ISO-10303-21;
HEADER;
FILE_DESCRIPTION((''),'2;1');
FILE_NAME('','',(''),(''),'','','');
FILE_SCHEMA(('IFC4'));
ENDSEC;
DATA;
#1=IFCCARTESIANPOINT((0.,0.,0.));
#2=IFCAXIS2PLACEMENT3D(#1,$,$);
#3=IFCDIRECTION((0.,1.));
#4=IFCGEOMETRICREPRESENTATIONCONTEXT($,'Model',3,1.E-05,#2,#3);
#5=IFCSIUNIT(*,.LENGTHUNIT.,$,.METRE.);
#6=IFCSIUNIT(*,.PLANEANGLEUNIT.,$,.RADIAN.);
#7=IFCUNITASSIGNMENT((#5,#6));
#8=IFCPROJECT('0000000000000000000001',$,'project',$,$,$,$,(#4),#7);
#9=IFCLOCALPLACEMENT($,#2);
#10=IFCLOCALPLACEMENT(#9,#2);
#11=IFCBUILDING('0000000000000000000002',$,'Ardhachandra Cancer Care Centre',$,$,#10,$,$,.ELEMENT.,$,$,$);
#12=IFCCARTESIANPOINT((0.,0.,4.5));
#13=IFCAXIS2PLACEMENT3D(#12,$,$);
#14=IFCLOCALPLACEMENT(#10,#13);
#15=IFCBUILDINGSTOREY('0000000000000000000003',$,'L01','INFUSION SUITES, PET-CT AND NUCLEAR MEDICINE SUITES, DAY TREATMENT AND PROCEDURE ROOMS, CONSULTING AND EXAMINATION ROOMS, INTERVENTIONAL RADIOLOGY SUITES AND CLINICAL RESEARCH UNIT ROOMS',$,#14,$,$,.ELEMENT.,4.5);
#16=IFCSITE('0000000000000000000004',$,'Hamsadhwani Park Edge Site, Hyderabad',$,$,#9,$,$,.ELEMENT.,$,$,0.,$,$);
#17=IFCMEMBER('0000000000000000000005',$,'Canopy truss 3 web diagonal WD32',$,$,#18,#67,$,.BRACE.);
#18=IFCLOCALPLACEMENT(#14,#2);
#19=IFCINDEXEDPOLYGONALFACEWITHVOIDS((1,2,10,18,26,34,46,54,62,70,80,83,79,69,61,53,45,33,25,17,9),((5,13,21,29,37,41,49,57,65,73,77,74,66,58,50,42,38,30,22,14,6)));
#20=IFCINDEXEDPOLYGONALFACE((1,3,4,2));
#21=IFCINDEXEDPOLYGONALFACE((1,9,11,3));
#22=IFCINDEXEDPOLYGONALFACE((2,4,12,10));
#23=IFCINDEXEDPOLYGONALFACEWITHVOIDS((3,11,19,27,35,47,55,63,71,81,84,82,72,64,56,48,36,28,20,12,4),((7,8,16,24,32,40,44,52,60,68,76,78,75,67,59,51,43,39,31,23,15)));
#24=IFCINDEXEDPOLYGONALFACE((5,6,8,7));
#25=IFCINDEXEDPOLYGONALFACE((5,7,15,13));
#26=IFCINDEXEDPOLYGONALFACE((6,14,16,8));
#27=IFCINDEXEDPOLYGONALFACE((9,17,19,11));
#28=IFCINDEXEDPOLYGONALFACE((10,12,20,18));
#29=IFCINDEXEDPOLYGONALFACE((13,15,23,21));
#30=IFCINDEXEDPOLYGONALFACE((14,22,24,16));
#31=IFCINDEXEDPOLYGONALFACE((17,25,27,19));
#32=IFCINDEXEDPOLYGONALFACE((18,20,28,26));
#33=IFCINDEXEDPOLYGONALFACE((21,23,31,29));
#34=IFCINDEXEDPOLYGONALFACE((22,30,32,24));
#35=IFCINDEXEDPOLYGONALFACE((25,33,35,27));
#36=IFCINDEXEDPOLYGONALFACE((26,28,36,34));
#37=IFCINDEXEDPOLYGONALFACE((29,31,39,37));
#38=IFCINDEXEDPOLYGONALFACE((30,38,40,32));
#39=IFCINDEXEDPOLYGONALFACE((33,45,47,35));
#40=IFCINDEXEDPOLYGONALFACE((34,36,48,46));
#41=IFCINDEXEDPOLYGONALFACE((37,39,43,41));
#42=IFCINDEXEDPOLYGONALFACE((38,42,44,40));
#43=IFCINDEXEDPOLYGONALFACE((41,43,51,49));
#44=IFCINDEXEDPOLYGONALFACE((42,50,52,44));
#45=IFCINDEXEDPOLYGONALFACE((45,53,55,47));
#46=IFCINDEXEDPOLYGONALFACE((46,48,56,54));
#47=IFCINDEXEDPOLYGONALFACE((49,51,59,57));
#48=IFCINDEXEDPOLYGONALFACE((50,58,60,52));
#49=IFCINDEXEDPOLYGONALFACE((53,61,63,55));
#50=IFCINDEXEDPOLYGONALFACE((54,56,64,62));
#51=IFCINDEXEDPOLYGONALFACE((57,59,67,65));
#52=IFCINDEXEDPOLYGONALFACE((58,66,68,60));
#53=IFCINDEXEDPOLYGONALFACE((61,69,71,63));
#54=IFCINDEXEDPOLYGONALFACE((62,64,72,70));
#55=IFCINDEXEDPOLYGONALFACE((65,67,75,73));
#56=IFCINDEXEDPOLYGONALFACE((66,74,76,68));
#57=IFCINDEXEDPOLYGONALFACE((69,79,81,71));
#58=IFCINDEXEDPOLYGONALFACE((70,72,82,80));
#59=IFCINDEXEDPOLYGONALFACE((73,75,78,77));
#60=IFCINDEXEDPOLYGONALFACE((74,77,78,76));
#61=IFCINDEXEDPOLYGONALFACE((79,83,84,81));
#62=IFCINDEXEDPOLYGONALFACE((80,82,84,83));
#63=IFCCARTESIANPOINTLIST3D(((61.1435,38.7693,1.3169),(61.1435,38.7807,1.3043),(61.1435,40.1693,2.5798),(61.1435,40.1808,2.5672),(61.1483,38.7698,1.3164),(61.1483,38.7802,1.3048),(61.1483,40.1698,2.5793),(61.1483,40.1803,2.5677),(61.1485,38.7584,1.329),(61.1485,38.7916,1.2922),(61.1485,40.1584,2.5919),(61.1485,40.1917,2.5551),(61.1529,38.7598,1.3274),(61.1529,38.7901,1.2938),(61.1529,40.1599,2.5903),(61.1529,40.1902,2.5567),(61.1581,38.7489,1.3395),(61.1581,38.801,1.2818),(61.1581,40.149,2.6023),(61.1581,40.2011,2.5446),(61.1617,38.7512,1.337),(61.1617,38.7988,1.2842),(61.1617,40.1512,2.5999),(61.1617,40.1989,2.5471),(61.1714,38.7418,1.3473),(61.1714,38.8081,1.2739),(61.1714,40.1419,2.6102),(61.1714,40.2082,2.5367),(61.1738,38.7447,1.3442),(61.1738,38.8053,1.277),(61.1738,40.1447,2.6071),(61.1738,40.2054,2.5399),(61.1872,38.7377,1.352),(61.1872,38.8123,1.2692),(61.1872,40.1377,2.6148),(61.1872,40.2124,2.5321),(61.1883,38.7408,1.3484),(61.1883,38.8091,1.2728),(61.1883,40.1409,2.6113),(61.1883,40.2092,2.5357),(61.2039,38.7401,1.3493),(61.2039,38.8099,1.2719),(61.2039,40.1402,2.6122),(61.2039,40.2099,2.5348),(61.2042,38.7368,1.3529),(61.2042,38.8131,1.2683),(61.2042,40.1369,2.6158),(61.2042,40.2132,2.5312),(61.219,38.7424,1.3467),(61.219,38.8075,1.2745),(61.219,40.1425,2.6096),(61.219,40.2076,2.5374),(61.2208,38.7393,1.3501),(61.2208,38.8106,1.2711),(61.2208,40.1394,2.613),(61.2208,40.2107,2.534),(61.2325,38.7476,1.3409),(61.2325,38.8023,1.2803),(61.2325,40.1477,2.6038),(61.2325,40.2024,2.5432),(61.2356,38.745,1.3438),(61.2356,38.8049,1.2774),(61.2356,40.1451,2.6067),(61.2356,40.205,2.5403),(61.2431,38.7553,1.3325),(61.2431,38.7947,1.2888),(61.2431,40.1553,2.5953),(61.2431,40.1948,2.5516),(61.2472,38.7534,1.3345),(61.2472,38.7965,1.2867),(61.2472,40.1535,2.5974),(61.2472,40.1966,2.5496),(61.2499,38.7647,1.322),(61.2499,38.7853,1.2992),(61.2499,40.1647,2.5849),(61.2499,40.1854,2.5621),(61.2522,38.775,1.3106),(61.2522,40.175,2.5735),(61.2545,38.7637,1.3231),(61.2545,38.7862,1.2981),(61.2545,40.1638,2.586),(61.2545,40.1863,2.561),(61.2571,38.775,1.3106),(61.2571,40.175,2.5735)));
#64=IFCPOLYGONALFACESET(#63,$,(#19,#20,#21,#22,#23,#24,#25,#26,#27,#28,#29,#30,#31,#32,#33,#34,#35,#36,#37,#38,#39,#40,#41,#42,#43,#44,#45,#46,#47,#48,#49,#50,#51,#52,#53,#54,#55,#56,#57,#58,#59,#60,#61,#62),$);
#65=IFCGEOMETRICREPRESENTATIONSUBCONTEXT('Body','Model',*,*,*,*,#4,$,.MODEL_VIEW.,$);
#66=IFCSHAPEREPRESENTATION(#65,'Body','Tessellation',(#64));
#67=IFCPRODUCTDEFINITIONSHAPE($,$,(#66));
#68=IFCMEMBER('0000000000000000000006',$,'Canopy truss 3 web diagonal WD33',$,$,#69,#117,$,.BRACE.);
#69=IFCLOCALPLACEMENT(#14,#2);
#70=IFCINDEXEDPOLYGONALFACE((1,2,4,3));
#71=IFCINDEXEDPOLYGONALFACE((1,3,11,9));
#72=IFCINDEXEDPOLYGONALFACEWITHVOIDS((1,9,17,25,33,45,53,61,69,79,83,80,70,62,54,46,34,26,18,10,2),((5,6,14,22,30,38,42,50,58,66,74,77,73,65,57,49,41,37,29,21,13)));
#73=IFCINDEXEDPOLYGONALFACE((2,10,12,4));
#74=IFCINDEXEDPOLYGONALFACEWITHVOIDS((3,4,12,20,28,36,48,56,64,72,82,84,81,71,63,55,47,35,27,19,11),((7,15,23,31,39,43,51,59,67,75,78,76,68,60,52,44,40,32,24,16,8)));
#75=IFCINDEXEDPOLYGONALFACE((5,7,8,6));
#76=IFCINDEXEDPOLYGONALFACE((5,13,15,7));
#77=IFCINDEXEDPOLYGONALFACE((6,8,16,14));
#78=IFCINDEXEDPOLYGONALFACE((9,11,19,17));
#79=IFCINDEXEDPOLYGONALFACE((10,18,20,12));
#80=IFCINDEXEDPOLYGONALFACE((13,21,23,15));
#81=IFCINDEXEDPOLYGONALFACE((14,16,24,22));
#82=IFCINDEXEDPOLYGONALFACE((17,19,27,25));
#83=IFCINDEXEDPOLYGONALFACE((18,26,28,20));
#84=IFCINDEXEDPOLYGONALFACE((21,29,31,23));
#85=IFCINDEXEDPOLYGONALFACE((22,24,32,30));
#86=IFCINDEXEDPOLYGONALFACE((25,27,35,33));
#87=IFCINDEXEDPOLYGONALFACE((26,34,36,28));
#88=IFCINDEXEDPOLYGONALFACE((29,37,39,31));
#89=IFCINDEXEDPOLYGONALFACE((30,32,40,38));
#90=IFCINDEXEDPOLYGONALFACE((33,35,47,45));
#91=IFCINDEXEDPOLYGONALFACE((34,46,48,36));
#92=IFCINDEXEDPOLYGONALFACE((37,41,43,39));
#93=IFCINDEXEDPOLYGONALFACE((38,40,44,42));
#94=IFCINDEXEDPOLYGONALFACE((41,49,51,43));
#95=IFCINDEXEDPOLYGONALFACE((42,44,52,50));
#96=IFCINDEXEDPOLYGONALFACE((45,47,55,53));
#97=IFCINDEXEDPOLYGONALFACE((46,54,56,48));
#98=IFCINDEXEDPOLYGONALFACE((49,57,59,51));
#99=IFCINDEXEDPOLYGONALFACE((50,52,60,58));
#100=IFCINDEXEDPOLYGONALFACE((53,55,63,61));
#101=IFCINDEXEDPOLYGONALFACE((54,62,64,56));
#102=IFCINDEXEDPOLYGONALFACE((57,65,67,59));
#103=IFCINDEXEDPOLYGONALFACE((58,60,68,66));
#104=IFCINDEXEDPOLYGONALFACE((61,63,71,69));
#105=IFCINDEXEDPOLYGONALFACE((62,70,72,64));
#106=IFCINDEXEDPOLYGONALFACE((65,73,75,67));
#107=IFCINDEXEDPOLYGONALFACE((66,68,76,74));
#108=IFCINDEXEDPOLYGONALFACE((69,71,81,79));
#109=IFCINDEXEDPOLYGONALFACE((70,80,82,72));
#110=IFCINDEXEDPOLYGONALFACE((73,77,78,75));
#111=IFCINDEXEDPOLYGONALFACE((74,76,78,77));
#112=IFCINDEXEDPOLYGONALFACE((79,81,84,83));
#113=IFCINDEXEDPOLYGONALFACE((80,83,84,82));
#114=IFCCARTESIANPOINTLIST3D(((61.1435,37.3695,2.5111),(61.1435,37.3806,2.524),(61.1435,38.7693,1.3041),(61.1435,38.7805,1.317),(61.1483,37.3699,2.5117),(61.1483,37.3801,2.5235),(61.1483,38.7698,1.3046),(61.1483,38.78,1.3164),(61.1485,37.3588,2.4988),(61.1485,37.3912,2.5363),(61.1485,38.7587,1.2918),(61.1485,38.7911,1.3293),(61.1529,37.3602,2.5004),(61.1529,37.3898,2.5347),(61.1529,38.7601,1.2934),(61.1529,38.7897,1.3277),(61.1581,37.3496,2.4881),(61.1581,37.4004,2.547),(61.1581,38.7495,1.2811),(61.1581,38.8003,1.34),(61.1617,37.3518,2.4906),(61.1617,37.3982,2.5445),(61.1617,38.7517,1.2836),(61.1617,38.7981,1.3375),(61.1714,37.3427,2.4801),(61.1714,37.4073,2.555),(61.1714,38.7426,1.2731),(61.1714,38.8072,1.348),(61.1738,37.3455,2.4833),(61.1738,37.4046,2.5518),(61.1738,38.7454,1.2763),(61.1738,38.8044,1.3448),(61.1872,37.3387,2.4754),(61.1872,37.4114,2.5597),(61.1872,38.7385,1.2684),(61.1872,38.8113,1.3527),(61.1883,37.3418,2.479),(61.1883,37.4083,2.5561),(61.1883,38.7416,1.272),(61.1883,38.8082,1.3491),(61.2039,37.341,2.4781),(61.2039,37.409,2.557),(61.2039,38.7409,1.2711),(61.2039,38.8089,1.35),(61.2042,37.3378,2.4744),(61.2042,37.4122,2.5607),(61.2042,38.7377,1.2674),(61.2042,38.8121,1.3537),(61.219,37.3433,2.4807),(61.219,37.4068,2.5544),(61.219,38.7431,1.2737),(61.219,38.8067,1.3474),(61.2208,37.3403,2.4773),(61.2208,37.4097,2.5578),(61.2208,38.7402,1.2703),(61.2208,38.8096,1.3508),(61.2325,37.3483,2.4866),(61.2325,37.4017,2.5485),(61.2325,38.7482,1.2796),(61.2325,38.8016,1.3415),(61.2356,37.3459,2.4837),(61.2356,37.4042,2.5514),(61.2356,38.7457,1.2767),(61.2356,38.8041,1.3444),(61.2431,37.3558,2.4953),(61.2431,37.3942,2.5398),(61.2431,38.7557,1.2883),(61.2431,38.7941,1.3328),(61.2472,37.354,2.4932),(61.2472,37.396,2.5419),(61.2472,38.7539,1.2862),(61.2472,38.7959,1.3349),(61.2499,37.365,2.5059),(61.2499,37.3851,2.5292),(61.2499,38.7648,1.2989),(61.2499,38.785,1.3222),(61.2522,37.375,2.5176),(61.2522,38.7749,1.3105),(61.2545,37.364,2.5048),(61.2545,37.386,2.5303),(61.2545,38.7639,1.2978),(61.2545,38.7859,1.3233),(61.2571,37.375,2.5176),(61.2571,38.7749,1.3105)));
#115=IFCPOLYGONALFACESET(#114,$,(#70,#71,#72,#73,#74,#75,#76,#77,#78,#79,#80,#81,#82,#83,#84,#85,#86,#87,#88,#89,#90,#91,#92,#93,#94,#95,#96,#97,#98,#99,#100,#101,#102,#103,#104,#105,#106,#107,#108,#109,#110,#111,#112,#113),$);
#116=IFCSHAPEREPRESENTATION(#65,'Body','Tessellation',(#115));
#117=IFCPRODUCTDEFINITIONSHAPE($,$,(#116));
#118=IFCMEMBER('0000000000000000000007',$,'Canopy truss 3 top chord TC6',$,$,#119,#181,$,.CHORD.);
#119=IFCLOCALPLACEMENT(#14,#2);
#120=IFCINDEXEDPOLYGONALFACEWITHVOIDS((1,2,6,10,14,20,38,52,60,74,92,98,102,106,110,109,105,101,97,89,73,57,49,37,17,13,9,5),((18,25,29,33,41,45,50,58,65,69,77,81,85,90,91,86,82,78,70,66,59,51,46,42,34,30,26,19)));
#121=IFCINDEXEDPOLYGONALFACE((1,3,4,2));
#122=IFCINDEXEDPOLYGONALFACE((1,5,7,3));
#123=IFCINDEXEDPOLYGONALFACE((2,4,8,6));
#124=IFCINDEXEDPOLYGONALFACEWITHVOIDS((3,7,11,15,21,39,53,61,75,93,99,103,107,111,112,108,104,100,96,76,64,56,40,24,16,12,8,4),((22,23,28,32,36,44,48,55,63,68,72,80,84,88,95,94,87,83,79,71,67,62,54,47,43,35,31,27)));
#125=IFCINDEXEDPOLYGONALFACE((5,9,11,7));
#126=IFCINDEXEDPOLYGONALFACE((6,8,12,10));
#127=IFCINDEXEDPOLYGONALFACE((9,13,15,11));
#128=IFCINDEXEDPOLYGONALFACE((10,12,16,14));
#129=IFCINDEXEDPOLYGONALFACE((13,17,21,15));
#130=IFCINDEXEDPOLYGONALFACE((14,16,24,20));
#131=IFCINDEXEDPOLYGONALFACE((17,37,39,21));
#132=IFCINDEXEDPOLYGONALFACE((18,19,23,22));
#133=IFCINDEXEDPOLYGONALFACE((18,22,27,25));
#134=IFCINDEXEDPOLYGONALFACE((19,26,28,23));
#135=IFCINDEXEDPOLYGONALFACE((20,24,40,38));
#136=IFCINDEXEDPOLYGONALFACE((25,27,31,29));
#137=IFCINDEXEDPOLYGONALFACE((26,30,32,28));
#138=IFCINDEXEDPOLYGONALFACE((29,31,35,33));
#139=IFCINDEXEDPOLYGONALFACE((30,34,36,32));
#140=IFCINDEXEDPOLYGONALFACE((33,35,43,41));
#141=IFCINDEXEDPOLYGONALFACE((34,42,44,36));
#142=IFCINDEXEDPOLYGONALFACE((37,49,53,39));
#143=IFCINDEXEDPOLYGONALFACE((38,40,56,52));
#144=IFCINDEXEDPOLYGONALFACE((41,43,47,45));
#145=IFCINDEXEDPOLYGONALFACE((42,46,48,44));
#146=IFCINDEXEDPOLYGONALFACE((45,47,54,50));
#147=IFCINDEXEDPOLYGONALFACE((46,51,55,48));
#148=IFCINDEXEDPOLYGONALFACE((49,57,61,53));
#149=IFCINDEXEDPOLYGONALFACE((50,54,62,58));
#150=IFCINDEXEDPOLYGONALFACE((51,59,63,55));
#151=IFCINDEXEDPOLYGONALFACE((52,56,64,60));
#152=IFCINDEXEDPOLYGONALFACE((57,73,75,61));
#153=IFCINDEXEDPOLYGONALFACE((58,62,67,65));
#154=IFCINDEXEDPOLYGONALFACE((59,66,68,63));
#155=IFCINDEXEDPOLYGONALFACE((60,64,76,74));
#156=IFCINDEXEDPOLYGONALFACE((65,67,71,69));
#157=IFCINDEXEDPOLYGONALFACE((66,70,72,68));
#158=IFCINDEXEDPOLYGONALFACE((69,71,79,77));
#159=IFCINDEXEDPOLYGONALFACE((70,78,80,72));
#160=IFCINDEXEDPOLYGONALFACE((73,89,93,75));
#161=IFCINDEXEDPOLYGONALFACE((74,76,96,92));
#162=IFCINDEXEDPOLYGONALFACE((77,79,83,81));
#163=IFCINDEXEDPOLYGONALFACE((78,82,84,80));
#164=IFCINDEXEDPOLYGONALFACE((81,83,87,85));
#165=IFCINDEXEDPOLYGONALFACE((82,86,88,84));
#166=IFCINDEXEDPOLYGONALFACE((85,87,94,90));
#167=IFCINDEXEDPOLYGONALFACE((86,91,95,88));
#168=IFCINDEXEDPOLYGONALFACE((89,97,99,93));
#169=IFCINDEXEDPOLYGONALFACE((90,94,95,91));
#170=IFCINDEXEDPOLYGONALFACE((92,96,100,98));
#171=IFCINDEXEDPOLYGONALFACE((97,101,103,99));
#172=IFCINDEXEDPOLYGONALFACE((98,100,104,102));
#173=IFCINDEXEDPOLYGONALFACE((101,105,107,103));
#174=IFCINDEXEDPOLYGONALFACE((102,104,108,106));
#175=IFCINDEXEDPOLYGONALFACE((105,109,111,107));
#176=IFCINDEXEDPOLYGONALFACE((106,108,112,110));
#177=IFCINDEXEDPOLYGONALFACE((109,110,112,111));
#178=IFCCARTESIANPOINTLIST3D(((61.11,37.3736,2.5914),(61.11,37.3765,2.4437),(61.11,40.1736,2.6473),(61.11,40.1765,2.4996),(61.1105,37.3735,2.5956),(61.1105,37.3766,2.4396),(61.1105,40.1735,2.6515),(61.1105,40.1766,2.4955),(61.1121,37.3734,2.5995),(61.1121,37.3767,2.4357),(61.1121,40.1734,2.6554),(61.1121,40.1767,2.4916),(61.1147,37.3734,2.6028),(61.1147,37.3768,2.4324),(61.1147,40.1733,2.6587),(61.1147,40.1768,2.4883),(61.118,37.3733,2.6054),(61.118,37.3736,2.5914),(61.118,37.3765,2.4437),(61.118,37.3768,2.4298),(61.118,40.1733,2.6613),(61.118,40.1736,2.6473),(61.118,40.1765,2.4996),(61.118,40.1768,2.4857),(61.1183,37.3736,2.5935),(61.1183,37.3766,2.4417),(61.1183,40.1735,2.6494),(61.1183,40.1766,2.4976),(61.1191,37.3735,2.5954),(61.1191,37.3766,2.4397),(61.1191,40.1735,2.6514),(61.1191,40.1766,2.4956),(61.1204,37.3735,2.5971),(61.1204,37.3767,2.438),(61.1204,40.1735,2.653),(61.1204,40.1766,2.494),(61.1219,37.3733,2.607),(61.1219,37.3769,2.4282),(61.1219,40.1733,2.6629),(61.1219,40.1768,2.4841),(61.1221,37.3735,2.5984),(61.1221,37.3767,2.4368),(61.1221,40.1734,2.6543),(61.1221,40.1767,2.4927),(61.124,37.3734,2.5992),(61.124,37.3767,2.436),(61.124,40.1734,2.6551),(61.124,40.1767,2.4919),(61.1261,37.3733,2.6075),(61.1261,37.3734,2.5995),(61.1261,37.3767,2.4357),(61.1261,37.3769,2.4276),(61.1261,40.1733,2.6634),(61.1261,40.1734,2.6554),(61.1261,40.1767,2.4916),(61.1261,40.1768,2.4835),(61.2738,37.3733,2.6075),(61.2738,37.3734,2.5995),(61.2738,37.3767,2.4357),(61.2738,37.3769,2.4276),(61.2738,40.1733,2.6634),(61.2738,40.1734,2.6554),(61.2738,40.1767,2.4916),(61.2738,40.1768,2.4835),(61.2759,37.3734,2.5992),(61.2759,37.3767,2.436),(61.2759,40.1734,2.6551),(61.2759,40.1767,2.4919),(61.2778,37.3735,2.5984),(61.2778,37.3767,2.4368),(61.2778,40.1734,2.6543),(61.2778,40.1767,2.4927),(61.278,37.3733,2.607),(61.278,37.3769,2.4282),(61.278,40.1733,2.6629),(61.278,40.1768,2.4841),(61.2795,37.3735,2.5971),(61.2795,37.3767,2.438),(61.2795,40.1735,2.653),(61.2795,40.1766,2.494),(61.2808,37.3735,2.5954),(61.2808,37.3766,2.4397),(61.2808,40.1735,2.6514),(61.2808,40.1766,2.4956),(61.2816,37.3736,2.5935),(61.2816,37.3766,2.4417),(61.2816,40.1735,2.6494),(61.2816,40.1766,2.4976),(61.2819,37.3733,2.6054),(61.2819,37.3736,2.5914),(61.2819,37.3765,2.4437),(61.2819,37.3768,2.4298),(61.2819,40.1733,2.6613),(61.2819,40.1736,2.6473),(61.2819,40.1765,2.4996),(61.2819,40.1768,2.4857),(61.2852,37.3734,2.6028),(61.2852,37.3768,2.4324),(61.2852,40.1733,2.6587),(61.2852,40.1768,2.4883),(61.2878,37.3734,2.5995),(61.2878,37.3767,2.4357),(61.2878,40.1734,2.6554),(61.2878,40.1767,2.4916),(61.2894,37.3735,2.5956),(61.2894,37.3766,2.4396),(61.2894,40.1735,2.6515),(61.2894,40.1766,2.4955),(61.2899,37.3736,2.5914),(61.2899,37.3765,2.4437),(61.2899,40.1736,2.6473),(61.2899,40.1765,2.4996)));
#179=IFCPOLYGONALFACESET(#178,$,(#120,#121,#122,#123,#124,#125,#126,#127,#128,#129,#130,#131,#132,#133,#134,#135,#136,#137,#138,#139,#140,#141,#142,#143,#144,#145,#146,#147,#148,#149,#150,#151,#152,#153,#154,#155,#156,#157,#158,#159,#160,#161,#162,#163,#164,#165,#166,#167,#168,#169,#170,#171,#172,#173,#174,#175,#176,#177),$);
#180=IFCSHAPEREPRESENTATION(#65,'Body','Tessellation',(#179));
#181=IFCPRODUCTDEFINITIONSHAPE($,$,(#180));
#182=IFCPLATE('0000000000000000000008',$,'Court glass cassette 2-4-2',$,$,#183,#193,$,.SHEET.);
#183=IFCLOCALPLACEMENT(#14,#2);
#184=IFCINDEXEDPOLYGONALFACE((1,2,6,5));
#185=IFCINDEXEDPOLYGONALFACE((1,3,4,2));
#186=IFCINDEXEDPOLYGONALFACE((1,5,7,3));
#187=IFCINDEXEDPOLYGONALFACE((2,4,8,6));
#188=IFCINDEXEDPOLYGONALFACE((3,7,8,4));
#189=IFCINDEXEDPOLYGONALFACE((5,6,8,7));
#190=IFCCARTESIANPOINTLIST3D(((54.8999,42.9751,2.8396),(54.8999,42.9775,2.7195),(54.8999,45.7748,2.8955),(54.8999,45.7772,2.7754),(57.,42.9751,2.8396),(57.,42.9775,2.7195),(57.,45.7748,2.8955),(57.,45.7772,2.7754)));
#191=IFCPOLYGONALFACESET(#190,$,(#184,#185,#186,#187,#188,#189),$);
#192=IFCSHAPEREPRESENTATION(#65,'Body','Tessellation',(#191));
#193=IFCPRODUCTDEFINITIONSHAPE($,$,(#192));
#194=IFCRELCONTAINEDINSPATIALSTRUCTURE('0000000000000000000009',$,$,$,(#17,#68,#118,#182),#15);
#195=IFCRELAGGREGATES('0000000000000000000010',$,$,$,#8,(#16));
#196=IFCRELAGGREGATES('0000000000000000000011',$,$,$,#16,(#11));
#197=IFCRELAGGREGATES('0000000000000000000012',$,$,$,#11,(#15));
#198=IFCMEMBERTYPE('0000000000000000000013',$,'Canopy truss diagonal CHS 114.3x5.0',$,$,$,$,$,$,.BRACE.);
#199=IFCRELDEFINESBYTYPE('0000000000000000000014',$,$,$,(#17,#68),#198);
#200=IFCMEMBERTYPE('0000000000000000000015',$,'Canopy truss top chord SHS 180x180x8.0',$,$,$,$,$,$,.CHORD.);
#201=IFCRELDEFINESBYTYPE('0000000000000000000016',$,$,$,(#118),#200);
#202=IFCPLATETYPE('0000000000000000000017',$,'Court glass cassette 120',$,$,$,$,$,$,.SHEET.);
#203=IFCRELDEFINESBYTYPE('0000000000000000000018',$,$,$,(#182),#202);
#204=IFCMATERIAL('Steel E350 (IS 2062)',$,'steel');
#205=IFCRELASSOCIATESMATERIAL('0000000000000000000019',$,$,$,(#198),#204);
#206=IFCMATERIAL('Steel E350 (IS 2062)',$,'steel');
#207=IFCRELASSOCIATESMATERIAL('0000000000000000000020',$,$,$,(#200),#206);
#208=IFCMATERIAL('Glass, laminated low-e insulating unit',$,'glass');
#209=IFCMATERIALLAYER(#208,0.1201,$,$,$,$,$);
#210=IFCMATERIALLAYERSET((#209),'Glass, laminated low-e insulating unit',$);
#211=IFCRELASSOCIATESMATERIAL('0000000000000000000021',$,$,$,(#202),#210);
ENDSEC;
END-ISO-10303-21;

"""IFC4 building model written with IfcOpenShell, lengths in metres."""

from ifc_helpers import new_model, si_unit, direction, frame, origin, origin_2d, place, context, subcontext, project, spatial, polyline, hollow_rectangle, hollow_circle, outline, extrude, material, layer, layer_set, material_profile, profile_set, type_object, element, save


model = new_model("IFC4")

# Units and contexts
model_context = context("Model", 3, precision=1e-05, world=origin(), true_north=direction((0.0, 1.0)))
body_context = subcontext(model_context, "Body", "Model", "MODEL_VIEW")
ifc_project = project(units=[si_unit("LENGTHUNIT", "METRE"), si_unit("PLANEANGLEUNIT", "RADIAN")], contexts=[model_context])

# Site, building, storey
site_placement = place(None, origin())
site = spatial("IfcSite", under=ifc_project, at=site_placement, Name="Hamsadhwani Park Edge Site, Hyderabad", CompositionType="ELEMENT", RefElevation=0.0)
building_placement = place(site_placement, origin())
building = spatial("IfcBuilding", under=site, at=building_placement, Name="Ardhachandra Cancer Care Centre", CompositionType="ELEMENT")
storey_placement = place(building_placement, frame((0.0, 0.0, 4.5)))
storey = spatial("IfcBuildingStorey", under=building, at=storey_placement, Name="L01", Description="INFUSION SUITES, PET-CT AND NUCLEAR MEDICINE SUITES, DAY TREATMENT AND PROCEDURE ROOMS, CONSULTING AND EXAMINATION ROOMS, INTERVENTIONAL RADIOLOGY SUITES AND CLINICAL RESEARCH UNIT ROOMS", CompositionType="ELEMENT", Elevation=4.5)

# Members
ifc_material_1 = material(Name="Steel E350 (IS 2062)", Category="steel")
ifc_material_profile_1 = material_profile(ifc_material_1, hollow_circle(Radius=0.0571, WallThickness=0.0049, at=origin_2d()), Name="CHS 114.3x5.0")
ifc_profile_set_1 = profile_set([ifc_material_profile_1], Name="Steel E350 (IS 2062)")
member_type_1 = type_object("IfcMemberType", Name="Canopy truss diagonal CHS 114.3x5.0", PredefinedType="BRACE", material=ifc_profile_set_1)
member_1_placement = place(storey_placement, frame((61.2, 40.175, 2.5735), z_axis=(0.0, -0.742553, -0.669787), x_axis=(1.0, 0.0, 0.0)))
element("IfcMember", 1, at=member_1_placement, inside=storey, type_object=member_type_1, Name="Canopy truss 3 web diagonal WD32", PredefinedType="BRACE", context=body_context, shape_type="SweptSolid", body=[
    extrude(hollow_circle(Radius=0.0571, WallThickness=0.0049, at=origin_2d()), origin(), (0.0, 0.0, 1.0), 1.8855),
])
member_2_placement = place(storey_placement, frame((61.2, 38.7749, 1.3105), z_axis=(0.0, -0.757351, 0.653008), x_axis=(1.0, 0.0, 0.0)))
element("IfcMember", 2, at=member_2_placement, inside=storey, type_object=member_type_1, Name="Canopy truss 3 web diagonal WD33", PredefinedType="BRACE", context=body_context, shape_type="SweptSolid", body=[
    extrude(hollow_circle(Radius=0.0571, WallThickness=0.0049, at=origin_2d()), origin(), (0.0, 0.0, 1.0), 1.8484),
])
ifc_material_2 = material(Name="Steel E350 (IS 2062)", Category="steel")
ifc_material_profile_2 = material_profile(ifc_material_2, hollow_rectangle(XDim=0.1799, YDim=0.1799, WallThickness=0.0081, InnerFilletRadius=0.0081, OuterFilletRadius=0.0161, at=origin_2d()), Name="SHS 180x180x8.0")
ifc_profile_set_2 = profile_set([ifc_material_profile_2], Name="Steel E350 (IS 2062)")
member_type_2 = type_object("IfcMemberType", Name="Canopy truss top chord SHS 180x180x8.0", PredefinedType="CHORD", material=ifc_profile_set_2)
member_3_placement = place(storey_placement, frame((61.2, 40.175, 2.5735), z_axis=(0.0, -0.999801, -0.019963), x_axis=(1.0, 0.0, 0.0)))
element("IfcMember", 3, at=member_3_placement, inside=storey, type_object=member_type_2, Name="Canopy truss 3 top chord TC6", PredefinedType="CHORD", context=body_context, shape_type="SweptSolid", body=[
    extrude(hollow_rectangle(XDim=0.1799, YDim=0.1799, WallThickness=0.0081, InnerFilletRadius=0.0081, OuterFilletRadius=0.0161, at=origin_2d()), origin(), (0.0, 0.0, 1.0), 2.8005),
])

# Plate
ifc_material_3 = material(Name="Glass, laminated low-e insulating unit", Category="glass")
ifc_layer = layer(ifc_material_3, 0.1201)
ifc_layer_set = layer_set([ifc_layer], Name="Glass, laminated low-e insulating unit")
plate_type = type_object("IfcPlateType", Name="Court glass cassette 120", PredefinedType="SHEET", material=ifc_layer_set)
plate_1_placement = place(storey_placement, frame((54.8999, 42.9751, 2.8396), z_axis=(0.0, -0.019965, 0.999801), x_axis=(0.0, 0.999801, 0.019965)))
element("IfcPlate", 4, at=plate_1_placement, inside=storey, type_object=plate_type, Name="Court glass cassette 2-4-2", PredefinedType="SHEET", context=body_context, shape_type="SweptSolid", body=[
    extrude(outline(polyline([(0.0, -2.1001), (2.8003, -2.1001), (2.8003, 0.0), (0.0, 0.0), (0.0, -2.1001)])), frame((0.0, 0.0, -0.1201)), (0.0, 0.0, 1.0), 0.1201),
])

save(model, "model.ifc")
